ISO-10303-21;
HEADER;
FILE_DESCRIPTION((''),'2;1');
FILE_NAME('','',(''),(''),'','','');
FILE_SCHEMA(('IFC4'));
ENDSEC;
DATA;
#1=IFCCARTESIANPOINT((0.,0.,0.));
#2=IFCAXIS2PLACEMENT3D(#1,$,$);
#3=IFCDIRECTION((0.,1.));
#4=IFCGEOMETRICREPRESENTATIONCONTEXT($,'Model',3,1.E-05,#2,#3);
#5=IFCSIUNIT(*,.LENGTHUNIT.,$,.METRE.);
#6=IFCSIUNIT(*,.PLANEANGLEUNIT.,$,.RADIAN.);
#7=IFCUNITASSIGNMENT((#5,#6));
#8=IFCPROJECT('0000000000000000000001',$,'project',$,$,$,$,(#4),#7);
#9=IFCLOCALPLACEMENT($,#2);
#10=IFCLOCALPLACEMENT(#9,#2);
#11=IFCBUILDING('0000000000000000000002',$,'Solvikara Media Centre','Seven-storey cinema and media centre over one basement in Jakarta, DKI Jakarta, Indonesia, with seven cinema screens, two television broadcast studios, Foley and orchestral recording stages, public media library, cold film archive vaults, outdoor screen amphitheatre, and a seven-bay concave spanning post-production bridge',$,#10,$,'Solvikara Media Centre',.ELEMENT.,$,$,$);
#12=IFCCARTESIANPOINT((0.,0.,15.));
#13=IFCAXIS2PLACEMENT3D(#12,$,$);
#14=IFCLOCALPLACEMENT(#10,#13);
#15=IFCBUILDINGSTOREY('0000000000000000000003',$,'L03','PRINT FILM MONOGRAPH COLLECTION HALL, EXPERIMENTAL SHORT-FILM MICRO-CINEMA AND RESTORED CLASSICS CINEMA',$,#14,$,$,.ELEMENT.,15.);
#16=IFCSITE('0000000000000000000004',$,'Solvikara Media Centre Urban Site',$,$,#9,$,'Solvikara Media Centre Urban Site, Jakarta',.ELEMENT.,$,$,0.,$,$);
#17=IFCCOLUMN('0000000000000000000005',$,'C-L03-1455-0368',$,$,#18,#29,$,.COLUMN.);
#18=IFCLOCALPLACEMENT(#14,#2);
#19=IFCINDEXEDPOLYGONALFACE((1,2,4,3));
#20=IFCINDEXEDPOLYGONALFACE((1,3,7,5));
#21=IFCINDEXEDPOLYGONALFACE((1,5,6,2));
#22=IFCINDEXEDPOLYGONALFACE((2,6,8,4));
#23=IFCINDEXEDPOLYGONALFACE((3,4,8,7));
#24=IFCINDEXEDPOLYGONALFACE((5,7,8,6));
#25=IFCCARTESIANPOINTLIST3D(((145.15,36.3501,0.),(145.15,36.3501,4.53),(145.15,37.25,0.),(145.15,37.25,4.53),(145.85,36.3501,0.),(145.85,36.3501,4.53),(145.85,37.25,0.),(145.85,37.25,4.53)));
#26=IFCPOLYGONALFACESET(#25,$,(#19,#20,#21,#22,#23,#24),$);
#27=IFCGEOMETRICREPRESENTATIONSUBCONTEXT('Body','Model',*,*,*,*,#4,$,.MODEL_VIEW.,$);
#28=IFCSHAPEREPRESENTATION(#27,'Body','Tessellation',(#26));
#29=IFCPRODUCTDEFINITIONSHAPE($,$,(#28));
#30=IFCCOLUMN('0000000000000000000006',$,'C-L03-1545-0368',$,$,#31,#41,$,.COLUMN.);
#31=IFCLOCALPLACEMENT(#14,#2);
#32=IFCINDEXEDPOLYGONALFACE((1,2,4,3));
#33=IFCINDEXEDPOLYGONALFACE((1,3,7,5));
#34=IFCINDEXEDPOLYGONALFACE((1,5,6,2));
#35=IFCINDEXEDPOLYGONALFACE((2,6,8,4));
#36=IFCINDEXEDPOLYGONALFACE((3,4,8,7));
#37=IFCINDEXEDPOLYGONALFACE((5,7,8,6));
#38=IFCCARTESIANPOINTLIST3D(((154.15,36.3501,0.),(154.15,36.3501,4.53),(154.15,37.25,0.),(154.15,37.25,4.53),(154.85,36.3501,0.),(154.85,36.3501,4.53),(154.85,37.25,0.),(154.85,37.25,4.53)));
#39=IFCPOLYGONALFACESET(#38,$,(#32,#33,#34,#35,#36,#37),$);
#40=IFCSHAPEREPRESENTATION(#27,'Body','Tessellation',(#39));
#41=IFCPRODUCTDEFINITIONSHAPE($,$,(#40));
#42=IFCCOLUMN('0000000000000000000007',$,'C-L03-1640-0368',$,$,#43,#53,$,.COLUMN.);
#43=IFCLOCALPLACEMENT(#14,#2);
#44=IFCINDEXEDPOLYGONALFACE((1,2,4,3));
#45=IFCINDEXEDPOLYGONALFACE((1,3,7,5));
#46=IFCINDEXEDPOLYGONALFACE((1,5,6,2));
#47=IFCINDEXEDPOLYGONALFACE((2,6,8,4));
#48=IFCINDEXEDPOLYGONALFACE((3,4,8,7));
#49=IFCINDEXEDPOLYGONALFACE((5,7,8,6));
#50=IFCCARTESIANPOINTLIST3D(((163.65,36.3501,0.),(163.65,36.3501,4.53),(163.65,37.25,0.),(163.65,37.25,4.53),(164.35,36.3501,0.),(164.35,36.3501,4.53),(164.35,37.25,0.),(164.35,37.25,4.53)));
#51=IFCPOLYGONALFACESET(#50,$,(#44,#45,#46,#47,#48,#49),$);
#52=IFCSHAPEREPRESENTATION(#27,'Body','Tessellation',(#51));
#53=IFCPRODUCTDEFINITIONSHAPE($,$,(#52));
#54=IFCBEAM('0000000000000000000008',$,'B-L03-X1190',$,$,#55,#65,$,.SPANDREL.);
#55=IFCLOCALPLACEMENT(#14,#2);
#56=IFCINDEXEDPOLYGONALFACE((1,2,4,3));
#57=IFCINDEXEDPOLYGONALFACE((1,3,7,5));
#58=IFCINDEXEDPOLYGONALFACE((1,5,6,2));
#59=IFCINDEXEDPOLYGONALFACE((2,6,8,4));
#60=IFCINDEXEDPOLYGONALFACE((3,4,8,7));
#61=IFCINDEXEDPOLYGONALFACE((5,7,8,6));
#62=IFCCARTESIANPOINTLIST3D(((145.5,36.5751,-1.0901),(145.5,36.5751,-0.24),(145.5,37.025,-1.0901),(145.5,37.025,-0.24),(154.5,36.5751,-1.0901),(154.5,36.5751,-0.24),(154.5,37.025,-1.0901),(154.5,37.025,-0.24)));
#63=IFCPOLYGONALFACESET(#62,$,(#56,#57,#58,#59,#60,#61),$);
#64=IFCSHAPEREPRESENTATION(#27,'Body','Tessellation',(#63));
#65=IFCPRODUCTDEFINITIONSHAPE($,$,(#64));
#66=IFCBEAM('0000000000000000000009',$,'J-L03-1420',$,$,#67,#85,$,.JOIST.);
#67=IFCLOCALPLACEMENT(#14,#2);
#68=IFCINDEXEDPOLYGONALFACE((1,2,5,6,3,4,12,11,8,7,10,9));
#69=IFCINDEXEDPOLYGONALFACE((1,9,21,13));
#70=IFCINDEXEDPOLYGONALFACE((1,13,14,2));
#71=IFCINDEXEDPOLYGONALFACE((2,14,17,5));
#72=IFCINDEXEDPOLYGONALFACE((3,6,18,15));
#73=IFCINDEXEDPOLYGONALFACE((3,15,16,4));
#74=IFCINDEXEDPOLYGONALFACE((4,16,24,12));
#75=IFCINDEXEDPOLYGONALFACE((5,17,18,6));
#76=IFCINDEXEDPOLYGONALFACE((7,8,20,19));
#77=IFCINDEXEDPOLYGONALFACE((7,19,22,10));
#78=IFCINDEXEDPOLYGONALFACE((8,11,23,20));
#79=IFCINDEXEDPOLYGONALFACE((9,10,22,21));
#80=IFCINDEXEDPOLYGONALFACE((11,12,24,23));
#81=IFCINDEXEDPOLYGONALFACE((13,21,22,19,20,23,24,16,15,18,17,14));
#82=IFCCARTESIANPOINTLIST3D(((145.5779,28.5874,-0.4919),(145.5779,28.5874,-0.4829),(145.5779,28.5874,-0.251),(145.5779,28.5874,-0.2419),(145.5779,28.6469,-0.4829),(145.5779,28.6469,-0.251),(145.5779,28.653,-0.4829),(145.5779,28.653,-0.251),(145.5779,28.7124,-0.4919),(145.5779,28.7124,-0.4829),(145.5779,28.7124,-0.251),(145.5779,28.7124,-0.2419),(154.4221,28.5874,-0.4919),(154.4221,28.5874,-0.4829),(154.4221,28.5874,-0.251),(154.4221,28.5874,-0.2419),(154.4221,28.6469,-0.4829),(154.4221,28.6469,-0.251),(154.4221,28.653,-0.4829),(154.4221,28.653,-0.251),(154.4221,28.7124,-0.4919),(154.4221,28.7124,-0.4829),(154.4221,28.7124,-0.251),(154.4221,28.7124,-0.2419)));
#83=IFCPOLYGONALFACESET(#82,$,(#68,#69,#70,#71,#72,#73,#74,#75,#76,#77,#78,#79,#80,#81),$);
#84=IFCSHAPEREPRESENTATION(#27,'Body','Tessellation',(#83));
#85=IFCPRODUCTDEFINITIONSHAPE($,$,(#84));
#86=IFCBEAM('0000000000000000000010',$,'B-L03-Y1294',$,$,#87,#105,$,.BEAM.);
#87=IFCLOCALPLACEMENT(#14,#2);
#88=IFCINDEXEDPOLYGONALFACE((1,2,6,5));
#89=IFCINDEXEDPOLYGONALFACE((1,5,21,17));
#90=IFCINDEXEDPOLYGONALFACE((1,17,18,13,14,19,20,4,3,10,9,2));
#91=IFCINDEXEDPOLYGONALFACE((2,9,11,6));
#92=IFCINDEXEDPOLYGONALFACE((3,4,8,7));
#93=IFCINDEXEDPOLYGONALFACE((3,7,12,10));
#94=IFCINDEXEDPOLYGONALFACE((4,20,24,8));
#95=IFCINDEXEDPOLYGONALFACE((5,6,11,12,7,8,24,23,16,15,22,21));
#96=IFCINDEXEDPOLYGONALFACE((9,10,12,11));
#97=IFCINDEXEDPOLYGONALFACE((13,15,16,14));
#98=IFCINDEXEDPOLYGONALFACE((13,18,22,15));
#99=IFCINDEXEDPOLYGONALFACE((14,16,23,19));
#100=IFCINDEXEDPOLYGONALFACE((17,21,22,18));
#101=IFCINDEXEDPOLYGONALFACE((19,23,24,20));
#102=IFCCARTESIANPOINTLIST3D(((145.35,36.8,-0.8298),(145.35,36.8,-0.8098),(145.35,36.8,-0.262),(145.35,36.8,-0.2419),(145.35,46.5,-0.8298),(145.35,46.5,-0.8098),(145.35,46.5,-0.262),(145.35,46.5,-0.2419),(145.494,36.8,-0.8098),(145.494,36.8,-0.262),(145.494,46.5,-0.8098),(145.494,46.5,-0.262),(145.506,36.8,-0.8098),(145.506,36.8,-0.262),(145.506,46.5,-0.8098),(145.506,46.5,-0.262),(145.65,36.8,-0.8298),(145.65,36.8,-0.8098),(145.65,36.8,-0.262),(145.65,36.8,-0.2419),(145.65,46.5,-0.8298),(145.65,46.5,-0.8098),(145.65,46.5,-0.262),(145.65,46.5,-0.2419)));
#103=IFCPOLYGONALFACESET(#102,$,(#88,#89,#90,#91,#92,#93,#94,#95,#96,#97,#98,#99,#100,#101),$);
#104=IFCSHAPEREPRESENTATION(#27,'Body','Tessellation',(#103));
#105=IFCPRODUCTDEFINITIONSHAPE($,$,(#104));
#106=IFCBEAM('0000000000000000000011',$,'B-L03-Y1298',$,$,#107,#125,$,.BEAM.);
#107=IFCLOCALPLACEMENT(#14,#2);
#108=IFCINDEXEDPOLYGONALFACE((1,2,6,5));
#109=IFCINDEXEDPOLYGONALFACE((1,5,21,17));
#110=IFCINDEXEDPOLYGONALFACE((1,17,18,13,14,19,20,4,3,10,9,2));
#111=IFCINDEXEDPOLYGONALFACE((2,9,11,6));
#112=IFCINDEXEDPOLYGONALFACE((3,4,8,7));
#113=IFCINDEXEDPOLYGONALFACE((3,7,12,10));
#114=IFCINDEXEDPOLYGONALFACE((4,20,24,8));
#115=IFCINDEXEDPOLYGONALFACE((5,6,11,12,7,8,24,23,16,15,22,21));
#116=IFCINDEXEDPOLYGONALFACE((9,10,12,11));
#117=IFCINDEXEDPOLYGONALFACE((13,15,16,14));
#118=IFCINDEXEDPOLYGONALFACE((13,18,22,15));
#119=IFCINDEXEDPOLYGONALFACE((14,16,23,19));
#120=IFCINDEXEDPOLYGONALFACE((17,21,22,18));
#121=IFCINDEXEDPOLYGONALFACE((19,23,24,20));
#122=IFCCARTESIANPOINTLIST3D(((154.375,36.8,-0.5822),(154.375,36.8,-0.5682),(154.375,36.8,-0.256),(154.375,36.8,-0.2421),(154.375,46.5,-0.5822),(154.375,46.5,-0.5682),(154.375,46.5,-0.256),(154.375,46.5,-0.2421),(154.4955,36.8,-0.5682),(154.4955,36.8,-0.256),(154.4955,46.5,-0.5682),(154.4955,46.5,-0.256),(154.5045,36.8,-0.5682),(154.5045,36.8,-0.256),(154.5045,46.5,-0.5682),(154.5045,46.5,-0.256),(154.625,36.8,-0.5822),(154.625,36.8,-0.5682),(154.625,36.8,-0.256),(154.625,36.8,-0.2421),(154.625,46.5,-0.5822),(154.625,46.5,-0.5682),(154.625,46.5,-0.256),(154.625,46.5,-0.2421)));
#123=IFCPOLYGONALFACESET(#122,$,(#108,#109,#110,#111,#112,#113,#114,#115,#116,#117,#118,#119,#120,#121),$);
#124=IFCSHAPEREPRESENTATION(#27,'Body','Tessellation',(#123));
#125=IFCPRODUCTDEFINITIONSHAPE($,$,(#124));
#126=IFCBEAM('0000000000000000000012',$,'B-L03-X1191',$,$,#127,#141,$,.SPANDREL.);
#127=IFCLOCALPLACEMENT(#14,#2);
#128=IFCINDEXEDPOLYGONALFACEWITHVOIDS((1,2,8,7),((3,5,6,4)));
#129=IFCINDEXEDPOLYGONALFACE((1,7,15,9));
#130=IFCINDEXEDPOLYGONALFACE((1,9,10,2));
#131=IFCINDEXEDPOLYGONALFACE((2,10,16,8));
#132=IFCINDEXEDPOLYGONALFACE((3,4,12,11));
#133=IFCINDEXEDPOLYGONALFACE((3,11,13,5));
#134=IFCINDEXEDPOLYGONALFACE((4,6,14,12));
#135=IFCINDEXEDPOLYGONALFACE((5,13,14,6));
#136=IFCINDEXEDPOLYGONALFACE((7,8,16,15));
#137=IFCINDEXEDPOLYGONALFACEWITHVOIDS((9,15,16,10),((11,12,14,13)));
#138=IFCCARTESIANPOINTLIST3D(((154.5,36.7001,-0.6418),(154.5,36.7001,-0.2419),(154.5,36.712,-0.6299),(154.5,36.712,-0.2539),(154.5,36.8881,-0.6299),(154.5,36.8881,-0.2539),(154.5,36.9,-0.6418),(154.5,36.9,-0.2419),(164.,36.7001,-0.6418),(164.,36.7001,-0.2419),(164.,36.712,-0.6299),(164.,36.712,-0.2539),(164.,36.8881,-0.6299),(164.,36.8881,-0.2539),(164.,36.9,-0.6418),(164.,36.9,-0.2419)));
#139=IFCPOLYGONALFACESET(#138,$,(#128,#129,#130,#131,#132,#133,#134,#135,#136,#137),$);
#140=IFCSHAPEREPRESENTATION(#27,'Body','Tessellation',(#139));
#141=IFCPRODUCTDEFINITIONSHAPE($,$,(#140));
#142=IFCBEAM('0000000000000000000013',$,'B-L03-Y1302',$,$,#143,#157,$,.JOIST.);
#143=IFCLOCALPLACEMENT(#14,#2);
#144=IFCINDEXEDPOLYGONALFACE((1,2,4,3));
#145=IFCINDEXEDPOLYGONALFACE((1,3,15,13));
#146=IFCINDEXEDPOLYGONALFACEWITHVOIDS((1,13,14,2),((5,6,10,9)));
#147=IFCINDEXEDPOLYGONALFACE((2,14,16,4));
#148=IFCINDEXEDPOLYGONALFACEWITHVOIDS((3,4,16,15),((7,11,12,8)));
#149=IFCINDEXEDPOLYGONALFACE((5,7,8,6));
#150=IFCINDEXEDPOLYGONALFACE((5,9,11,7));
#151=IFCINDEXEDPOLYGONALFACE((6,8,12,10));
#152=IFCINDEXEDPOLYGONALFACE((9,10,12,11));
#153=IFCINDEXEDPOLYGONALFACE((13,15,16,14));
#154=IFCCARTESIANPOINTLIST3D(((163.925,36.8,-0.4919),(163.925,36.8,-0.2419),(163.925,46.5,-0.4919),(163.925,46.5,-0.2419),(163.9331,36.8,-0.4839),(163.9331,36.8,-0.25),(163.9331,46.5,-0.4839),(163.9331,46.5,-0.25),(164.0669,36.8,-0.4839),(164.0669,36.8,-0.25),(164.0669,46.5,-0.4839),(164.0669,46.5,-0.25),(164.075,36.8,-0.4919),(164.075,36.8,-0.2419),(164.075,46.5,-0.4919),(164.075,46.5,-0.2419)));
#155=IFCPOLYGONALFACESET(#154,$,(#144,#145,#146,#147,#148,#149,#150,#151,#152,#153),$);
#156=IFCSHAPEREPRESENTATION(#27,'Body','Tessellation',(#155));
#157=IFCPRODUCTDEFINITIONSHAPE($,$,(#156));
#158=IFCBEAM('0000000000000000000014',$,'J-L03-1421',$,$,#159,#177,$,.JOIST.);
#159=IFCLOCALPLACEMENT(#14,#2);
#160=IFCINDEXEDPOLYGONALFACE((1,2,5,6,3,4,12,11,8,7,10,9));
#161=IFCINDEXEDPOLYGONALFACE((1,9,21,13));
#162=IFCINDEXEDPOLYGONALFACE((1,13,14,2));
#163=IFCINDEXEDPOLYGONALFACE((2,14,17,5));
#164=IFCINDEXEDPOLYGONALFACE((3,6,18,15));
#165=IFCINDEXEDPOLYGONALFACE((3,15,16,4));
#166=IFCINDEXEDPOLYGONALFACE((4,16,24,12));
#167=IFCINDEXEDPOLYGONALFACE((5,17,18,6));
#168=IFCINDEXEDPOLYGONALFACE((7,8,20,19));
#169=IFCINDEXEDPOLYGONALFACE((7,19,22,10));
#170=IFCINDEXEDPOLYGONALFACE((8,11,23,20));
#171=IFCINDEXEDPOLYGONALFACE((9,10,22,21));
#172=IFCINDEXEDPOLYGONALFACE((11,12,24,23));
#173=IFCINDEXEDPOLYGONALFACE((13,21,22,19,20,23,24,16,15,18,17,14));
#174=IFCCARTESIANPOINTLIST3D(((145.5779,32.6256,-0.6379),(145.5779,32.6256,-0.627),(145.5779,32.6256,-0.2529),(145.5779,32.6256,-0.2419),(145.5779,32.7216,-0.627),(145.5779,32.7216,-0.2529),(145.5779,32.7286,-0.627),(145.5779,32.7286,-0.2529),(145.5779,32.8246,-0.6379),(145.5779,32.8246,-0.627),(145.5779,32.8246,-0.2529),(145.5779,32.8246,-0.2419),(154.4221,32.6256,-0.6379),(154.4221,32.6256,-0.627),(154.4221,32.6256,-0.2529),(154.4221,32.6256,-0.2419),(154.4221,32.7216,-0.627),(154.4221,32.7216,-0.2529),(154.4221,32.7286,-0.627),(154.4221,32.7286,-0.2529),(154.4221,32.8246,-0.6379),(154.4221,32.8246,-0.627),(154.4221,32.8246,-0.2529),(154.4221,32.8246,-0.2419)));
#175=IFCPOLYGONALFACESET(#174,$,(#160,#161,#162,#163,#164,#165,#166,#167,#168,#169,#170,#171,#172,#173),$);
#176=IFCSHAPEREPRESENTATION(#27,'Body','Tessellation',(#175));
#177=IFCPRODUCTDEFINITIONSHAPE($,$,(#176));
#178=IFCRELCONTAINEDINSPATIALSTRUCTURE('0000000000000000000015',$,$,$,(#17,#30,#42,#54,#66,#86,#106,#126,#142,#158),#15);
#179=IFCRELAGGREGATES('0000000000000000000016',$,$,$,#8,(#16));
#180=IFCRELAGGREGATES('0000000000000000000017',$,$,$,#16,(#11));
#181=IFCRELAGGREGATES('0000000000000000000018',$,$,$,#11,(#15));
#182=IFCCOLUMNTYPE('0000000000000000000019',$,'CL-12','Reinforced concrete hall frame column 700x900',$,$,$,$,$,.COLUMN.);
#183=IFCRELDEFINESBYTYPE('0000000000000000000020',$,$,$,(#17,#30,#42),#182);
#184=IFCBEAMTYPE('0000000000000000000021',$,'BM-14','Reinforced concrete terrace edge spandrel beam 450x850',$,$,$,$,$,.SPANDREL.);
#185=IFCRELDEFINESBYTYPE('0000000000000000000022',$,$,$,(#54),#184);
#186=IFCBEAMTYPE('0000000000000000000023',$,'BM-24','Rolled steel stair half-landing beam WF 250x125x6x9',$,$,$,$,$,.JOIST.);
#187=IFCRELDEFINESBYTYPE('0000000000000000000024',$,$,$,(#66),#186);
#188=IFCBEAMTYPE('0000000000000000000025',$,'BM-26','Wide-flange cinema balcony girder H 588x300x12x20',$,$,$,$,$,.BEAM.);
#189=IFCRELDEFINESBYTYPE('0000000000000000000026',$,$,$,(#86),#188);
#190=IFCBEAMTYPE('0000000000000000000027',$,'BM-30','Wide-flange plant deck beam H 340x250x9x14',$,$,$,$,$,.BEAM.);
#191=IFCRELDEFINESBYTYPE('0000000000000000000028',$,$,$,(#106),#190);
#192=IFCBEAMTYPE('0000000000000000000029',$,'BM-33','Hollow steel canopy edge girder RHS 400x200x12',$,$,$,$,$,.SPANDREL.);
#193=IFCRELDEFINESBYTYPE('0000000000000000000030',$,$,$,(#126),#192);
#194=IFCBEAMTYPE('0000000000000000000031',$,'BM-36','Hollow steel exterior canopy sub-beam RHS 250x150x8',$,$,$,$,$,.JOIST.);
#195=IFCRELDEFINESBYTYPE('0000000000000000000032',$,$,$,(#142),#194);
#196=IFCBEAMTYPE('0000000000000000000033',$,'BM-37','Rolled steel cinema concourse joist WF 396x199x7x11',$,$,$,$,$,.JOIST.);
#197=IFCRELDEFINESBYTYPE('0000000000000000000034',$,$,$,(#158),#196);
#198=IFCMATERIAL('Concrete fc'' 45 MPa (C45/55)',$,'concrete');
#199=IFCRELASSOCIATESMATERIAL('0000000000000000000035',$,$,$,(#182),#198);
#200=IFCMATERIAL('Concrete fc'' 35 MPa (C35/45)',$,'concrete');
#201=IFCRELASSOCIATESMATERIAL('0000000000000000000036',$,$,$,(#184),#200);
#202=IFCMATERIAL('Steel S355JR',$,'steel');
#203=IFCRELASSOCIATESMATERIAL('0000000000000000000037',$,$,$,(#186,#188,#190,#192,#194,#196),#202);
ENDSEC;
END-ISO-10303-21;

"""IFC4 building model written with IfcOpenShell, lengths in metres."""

from ifc_helpers import new_model, si_unit, direction, frame, origin, origin_2d, place, context, subcontext, project, spatial, rectangle, hollow_rectangle, i_section, extrude, material, material_profile, profile_set, type_object, element, save


model = new_model("IFC4")

# Units and contexts
model_context = context("Model", 3, precision=1e-05, world=origin(), true_north=direction((0.0, 1.0)))
body_context = subcontext(model_context, "Body", "Model", "MODEL_VIEW")
ifc_project = project(units=[si_unit("LENGTHUNIT", "METRE"), si_unit("PLANEANGLEUNIT", "RADIAN")], contexts=[model_context])

# Site, building, storey
site_placement = place(None, origin())
site = spatial("IfcSite", under=ifc_project, at=site_placement, Name="Solvikara Media Centre Urban Site", LongName="Solvikara Media Centre Urban Site, Jakarta", CompositionType="ELEMENT", RefElevation=0.0)
building_placement = place(site_placement, origin())
building = spatial("IfcBuilding", under=site, at=building_placement, Name="Solvikara Media Centre", Description="Seven-storey cinema and media centre over one basement in Jakarta, DKI Jakarta, Indonesia, with seven cinema screens, two television broadcast studios, Foley and orchestral recording stages, public media library, cold film archive vaults, outdoor screen amphitheatre, and a seven-bay concave spanning post-production bridge", LongName="Solvikara Media Centre", CompositionType="ELEMENT")
storey_placement = place(building_placement, frame((0.0, 0.0, 15.0)))
storey = spatial("IfcBuildingStorey", under=building, at=storey_placement, Name="L03", Description="PRINT FILM MONOGRAPH COLLECTION HALL, EXPERIMENTAL SHORT-FILM MICRO-CINEMA AND RESTORED CLASSICS CINEMA", CompositionType="ELEMENT", Elevation=15.0)

# Columns
ifc_material_1 = material(Name="Concrete fc' 45 MPa (C45/55)", Category="concrete")
ifc_material_profile_1 = material_profile(ifc_material_1, rectangle(XDim=0.7, YDim=0.8999, at=origin_2d()), Name="RC 700x900")
ifc_profile_set_1 = profile_set([ifc_material_profile_1], Name="Concrete fc' 45 MPa (C45/55)")
column_type = type_object("IfcColumnType", Name="CL-12", Description="Reinforced concrete hall frame column 700x900", PredefinedType="COLUMN", material=ifc_profile_set_1)
for number, where, z_axis, x_axis, name in (
    (1, (145.5, 36.8, 0.0), (0.0, 0.0, 1.0), (1.0, 0.0, 0.0), "C-L03-1455-0368"),
    (2, (154.5, 36.8, 0.0), (0.0, 0.0, 1.0), (1.0, 0.0, 0.0), "C-L03-1545-0368"),
    (3, (164.0, 36.8, 0.0), (0.0, 0.0, 1.0), (1.0, 0.0, 0.0), "C-L03-1640-0368"),
):
    element("IfcColumn", number, at=place(storey_placement, frame(where, z_axis=z_axis, x_axis=x_axis)), inside=storey, type_object=column_type, Name=name, PredefinedType="COLUMN", context=body_context, shape_type="SweptSolid", body=[
        extrude(rectangle(XDim=0.7, YDim=0.8999, at=origin_2d()), origin(), (0.0, 0.0, 1.0), 4.53),
    ])

# Beams
ifc_material_2 = material(Name="Concrete fc' 35 MPa (C35/45)", Category="concrete")
ifc_material_profile_2 = material_profile(ifc_material_2, rectangle(XDim=0.45, YDim=0.8501, at=origin_2d()), Name="RC 450x850")
ifc_profile_set_2 = profile_set([ifc_material_profile_2], Name="Concrete fc' 35 MPa (C35/45)")
beam_type_1 = type_object("IfcBeamType", Name="BM-14", Description="Reinforced concrete terrace edge spandrel beam 450x850", PredefinedType="SPANDREL", material=ifc_profile_set_2)
beam_1_placement = place(storey_placement, frame((145.5, 36.8, -0.665), z_axis=(1.0, 0.0, 0.0), x_axis=(0.0, 1.0, 0.0)))
element("IfcBeam", 4, at=beam_1_placement, inside=storey, type_object=beam_type_1, Name="B-L03-X1190", PredefinedType="SPANDREL", context=body_context, shape_type="SweptSolid", body=[
    extrude(rectangle(XDim=0.45, YDim=0.8501, at=origin_2d()), origin(), (0.0, 0.0, 1.0), 9.0),
])
ifc_material_3 = material(Name="Steel S355JR", Category="steel")
ifc_material_profile_3 = material_profile(ifc_material_3, i_section(OverallWidth=0.125, OverallDepth=0.25, WebThickness=0.0061, FlangeThickness=0.009, at=origin_2d()), Name="WF 250x125x6x9")
ifc_profile_set_3 = profile_set([ifc_material_profile_3], Name="Steel S355JR")
beam_type_2 = type_object("IfcBeamType", Name="BM-24", Description="Rolled steel stair half-landing beam WF 250x125x6x9", PredefinedType="JOIST", material=ifc_profile_set_3)
beam_2_placement = place(storey_placement, frame((145.5779, 28.6499, -0.3669), z_axis=(1.0, 0.0, 0.0), x_axis=(0.0, 1.0, 0.0)))
element("IfcBeam", 5, at=beam_2_placement, inside=storey, type_object=beam_type_2, Name="J-L03-1420", PredefinedType="JOIST", context=body_context, shape_type="SweptSolid", body=[
    extrude(i_section(OverallWidth=0.125, OverallDepth=0.25, WebThickness=0.0061, FlangeThickness=0.009, at=origin_2d()), origin(), (0.0, 0.0, 1.0), 8.8442),
])
ifc_material_profile_4 = material_profile(ifc_material_3, i_section(OverallWidth=0.3, OverallDepth=0.5879, WebThickness=0.012, FlangeThickness=0.02, at=origin_2d()), Name="H 588x300x12x20")
ifc_profile_set_4 = profile_set([ifc_material_profile_4], Name="Steel S355JR")
beam_type_3 = type_object("IfcBeamType", Name="BM-26", Description="Wide-flange cinema balcony girder H 588x300x12x20", PredefinedType="BEAM", material=ifc_profile_set_4)
beam_3_placement = place(storey_placement, frame((145.5, 36.8, -0.5359), z_axis=(0.0, 1.0, 0.0), x_axis=(-1.0, 0.0, 0.0)))
element("IfcBeam", 6, at=beam_3_placement, inside=storey, type_object=beam_type_3, Name="B-L03-Y1294", PredefinedType="BEAM", context=body_context, shape_type="SweptSolid", body=[
    extrude(i_section(OverallWidth=0.3, OverallDepth=0.5879, WebThickness=0.012, FlangeThickness=0.02, at=origin_2d()), origin(), (0.0, 0.0, 1.0), 9.7),
])
ifc_material_profile_5 = material_profile(ifc_material_3, i_section(OverallWidth=0.25, OverallDepth=0.3401, WebThickness=0.009, FlangeThickness=0.0139, at=origin_2d()), Name="H 340x250x9x14")
ifc_profile_set_5 = profile_set([ifc_material_profile_5], Name="Steel S355JR")
beam_type_4 = type_object("IfcBeamType", Name="BM-30", Description="Wide-flange plant deck beam H 340x250x9x14", PredefinedType="BEAM", material=ifc_profile_set_5)
beam_4_placement = place(storey_placement, frame((154.5, 36.8, -0.4121), z_axis=(0.0, 1.0, 0.0), x_axis=(-1.0, 0.0, 0.0)))
element("IfcBeam", 7, at=beam_4_placement, inside=storey, type_object=beam_type_4, Name="B-L03-Y1298", PredefinedType="BEAM", context=body_context, shape_type="SweptSolid", body=[
    extrude(i_section(OverallWidth=0.25, OverallDepth=0.3401, WebThickness=0.009, FlangeThickness=0.0139, at=origin_2d()), origin(), (0.0, 0.0, 1.0), 9.7),
])
ifc_material_profile_6 = material_profile(ifc_material_3, hollow_rectangle(XDim=0.2, YDim=0.3999, WallThickness=0.012, at=origin_2d()), Name="RHS 400x200x12")
ifc_profile_set_6 = profile_set([ifc_material_profile_6], Name="Steel S355JR")
beam_type_5 = type_object("IfcBeamType", Name="BM-33", Description="Hollow steel canopy edge girder RHS 400x200x12", PredefinedType="SPANDREL", material=ifc_profile_set_6)
beam_5_placement = place(storey_placement, frame((154.5, 36.8, -0.4419), z_axis=(1.0, 0.0, 0.0), x_axis=(0.0, 1.0, 0.0)))
element("IfcBeam", 8, at=beam_5_placement, inside=storey, type_object=beam_type_5, Name="B-L03-X1191", PredefinedType="SPANDREL", context=body_context, shape_type="SweptSolid", body=[
    extrude(hollow_rectangle(XDim=0.2, YDim=0.3999, WallThickness=0.012, at=origin_2d()), origin(), (0.0, 0.0, 1.0), 9.5),
])
ifc_material_profile_7 = material_profile(ifc_material_3, hollow_rectangle(XDim=0.1499, YDim=0.25, WallThickness=0.0081, at=origin_2d()), Name="RHS 250x150x8")
ifc_profile_set_7 = profile_set([ifc_material_profile_7], Name="Steel S355JR")
beam_type_6 = type_object("IfcBeamType", Name="BM-36", Description="Hollow steel exterior canopy sub-beam RHS 250x150x8", PredefinedType="JOIST", material=ifc_profile_set_7)
beam_6_placement = place(storey_placement, frame((164.0, 36.8, -0.3669), z_axis=(0.0, 1.0, 0.0), x_axis=(-1.0, 0.0, 0.0)))
element("IfcBeam", 9, at=beam_6_placement, inside=storey, type_object=beam_type_6, Name="B-L03-Y1302", PredefinedType="JOIST", context=body_context, shape_type="SweptSolid", body=[
    extrude(hollow_rectangle(XDim=0.1499, YDim=0.25, WallThickness=0.0081, at=origin_2d()), origin(), (0.0, 0.0, 1.0), 9.7),
])
ifc_material_profile_8 = material_profile(ifc_material_3, i_section(OverallWidth=0.199, OverallDepth=0.396, WebThickness=0.0071, FlangeThickness=0.011, at=origin_2d()), Name="WF 396x199x7x11")
ifc_profile_set_8 = profile_set([ifc_material_profile_8], Name="Steel S355JR")
beam_type_7 = type_object("IfcBeamType", Name="BM-37", Description="Rolled steel cinema concourse joist WF 396x199x7x11", PredefinedType="JOIST", material=ifc_profile_set_8)
beam_7_placement = place(storey_placement, frame((145.5779, 32.7251, -0.4399), z_axis=(1.0, 0.0, 0.0), x_axis=(0.0, 1.0, 0.0)))
element("IfcBeam", 10, at=beam_7_placement, inside=storey, type_object=beam_type_7, Name="J-L03-1421", PredefinedType="JOIST", context=body_context, shape_type="SweptSolid", body=[
    extrude(i_section(OverallWidth=0.199, OverallDepth=0.396, WebThickness=0.0071, FlangeThickness=0.011, at=origin_2d()), origin(), (0.0, 0.0, 1.0), 8.8442),
])

save(model, "model.ifc")
